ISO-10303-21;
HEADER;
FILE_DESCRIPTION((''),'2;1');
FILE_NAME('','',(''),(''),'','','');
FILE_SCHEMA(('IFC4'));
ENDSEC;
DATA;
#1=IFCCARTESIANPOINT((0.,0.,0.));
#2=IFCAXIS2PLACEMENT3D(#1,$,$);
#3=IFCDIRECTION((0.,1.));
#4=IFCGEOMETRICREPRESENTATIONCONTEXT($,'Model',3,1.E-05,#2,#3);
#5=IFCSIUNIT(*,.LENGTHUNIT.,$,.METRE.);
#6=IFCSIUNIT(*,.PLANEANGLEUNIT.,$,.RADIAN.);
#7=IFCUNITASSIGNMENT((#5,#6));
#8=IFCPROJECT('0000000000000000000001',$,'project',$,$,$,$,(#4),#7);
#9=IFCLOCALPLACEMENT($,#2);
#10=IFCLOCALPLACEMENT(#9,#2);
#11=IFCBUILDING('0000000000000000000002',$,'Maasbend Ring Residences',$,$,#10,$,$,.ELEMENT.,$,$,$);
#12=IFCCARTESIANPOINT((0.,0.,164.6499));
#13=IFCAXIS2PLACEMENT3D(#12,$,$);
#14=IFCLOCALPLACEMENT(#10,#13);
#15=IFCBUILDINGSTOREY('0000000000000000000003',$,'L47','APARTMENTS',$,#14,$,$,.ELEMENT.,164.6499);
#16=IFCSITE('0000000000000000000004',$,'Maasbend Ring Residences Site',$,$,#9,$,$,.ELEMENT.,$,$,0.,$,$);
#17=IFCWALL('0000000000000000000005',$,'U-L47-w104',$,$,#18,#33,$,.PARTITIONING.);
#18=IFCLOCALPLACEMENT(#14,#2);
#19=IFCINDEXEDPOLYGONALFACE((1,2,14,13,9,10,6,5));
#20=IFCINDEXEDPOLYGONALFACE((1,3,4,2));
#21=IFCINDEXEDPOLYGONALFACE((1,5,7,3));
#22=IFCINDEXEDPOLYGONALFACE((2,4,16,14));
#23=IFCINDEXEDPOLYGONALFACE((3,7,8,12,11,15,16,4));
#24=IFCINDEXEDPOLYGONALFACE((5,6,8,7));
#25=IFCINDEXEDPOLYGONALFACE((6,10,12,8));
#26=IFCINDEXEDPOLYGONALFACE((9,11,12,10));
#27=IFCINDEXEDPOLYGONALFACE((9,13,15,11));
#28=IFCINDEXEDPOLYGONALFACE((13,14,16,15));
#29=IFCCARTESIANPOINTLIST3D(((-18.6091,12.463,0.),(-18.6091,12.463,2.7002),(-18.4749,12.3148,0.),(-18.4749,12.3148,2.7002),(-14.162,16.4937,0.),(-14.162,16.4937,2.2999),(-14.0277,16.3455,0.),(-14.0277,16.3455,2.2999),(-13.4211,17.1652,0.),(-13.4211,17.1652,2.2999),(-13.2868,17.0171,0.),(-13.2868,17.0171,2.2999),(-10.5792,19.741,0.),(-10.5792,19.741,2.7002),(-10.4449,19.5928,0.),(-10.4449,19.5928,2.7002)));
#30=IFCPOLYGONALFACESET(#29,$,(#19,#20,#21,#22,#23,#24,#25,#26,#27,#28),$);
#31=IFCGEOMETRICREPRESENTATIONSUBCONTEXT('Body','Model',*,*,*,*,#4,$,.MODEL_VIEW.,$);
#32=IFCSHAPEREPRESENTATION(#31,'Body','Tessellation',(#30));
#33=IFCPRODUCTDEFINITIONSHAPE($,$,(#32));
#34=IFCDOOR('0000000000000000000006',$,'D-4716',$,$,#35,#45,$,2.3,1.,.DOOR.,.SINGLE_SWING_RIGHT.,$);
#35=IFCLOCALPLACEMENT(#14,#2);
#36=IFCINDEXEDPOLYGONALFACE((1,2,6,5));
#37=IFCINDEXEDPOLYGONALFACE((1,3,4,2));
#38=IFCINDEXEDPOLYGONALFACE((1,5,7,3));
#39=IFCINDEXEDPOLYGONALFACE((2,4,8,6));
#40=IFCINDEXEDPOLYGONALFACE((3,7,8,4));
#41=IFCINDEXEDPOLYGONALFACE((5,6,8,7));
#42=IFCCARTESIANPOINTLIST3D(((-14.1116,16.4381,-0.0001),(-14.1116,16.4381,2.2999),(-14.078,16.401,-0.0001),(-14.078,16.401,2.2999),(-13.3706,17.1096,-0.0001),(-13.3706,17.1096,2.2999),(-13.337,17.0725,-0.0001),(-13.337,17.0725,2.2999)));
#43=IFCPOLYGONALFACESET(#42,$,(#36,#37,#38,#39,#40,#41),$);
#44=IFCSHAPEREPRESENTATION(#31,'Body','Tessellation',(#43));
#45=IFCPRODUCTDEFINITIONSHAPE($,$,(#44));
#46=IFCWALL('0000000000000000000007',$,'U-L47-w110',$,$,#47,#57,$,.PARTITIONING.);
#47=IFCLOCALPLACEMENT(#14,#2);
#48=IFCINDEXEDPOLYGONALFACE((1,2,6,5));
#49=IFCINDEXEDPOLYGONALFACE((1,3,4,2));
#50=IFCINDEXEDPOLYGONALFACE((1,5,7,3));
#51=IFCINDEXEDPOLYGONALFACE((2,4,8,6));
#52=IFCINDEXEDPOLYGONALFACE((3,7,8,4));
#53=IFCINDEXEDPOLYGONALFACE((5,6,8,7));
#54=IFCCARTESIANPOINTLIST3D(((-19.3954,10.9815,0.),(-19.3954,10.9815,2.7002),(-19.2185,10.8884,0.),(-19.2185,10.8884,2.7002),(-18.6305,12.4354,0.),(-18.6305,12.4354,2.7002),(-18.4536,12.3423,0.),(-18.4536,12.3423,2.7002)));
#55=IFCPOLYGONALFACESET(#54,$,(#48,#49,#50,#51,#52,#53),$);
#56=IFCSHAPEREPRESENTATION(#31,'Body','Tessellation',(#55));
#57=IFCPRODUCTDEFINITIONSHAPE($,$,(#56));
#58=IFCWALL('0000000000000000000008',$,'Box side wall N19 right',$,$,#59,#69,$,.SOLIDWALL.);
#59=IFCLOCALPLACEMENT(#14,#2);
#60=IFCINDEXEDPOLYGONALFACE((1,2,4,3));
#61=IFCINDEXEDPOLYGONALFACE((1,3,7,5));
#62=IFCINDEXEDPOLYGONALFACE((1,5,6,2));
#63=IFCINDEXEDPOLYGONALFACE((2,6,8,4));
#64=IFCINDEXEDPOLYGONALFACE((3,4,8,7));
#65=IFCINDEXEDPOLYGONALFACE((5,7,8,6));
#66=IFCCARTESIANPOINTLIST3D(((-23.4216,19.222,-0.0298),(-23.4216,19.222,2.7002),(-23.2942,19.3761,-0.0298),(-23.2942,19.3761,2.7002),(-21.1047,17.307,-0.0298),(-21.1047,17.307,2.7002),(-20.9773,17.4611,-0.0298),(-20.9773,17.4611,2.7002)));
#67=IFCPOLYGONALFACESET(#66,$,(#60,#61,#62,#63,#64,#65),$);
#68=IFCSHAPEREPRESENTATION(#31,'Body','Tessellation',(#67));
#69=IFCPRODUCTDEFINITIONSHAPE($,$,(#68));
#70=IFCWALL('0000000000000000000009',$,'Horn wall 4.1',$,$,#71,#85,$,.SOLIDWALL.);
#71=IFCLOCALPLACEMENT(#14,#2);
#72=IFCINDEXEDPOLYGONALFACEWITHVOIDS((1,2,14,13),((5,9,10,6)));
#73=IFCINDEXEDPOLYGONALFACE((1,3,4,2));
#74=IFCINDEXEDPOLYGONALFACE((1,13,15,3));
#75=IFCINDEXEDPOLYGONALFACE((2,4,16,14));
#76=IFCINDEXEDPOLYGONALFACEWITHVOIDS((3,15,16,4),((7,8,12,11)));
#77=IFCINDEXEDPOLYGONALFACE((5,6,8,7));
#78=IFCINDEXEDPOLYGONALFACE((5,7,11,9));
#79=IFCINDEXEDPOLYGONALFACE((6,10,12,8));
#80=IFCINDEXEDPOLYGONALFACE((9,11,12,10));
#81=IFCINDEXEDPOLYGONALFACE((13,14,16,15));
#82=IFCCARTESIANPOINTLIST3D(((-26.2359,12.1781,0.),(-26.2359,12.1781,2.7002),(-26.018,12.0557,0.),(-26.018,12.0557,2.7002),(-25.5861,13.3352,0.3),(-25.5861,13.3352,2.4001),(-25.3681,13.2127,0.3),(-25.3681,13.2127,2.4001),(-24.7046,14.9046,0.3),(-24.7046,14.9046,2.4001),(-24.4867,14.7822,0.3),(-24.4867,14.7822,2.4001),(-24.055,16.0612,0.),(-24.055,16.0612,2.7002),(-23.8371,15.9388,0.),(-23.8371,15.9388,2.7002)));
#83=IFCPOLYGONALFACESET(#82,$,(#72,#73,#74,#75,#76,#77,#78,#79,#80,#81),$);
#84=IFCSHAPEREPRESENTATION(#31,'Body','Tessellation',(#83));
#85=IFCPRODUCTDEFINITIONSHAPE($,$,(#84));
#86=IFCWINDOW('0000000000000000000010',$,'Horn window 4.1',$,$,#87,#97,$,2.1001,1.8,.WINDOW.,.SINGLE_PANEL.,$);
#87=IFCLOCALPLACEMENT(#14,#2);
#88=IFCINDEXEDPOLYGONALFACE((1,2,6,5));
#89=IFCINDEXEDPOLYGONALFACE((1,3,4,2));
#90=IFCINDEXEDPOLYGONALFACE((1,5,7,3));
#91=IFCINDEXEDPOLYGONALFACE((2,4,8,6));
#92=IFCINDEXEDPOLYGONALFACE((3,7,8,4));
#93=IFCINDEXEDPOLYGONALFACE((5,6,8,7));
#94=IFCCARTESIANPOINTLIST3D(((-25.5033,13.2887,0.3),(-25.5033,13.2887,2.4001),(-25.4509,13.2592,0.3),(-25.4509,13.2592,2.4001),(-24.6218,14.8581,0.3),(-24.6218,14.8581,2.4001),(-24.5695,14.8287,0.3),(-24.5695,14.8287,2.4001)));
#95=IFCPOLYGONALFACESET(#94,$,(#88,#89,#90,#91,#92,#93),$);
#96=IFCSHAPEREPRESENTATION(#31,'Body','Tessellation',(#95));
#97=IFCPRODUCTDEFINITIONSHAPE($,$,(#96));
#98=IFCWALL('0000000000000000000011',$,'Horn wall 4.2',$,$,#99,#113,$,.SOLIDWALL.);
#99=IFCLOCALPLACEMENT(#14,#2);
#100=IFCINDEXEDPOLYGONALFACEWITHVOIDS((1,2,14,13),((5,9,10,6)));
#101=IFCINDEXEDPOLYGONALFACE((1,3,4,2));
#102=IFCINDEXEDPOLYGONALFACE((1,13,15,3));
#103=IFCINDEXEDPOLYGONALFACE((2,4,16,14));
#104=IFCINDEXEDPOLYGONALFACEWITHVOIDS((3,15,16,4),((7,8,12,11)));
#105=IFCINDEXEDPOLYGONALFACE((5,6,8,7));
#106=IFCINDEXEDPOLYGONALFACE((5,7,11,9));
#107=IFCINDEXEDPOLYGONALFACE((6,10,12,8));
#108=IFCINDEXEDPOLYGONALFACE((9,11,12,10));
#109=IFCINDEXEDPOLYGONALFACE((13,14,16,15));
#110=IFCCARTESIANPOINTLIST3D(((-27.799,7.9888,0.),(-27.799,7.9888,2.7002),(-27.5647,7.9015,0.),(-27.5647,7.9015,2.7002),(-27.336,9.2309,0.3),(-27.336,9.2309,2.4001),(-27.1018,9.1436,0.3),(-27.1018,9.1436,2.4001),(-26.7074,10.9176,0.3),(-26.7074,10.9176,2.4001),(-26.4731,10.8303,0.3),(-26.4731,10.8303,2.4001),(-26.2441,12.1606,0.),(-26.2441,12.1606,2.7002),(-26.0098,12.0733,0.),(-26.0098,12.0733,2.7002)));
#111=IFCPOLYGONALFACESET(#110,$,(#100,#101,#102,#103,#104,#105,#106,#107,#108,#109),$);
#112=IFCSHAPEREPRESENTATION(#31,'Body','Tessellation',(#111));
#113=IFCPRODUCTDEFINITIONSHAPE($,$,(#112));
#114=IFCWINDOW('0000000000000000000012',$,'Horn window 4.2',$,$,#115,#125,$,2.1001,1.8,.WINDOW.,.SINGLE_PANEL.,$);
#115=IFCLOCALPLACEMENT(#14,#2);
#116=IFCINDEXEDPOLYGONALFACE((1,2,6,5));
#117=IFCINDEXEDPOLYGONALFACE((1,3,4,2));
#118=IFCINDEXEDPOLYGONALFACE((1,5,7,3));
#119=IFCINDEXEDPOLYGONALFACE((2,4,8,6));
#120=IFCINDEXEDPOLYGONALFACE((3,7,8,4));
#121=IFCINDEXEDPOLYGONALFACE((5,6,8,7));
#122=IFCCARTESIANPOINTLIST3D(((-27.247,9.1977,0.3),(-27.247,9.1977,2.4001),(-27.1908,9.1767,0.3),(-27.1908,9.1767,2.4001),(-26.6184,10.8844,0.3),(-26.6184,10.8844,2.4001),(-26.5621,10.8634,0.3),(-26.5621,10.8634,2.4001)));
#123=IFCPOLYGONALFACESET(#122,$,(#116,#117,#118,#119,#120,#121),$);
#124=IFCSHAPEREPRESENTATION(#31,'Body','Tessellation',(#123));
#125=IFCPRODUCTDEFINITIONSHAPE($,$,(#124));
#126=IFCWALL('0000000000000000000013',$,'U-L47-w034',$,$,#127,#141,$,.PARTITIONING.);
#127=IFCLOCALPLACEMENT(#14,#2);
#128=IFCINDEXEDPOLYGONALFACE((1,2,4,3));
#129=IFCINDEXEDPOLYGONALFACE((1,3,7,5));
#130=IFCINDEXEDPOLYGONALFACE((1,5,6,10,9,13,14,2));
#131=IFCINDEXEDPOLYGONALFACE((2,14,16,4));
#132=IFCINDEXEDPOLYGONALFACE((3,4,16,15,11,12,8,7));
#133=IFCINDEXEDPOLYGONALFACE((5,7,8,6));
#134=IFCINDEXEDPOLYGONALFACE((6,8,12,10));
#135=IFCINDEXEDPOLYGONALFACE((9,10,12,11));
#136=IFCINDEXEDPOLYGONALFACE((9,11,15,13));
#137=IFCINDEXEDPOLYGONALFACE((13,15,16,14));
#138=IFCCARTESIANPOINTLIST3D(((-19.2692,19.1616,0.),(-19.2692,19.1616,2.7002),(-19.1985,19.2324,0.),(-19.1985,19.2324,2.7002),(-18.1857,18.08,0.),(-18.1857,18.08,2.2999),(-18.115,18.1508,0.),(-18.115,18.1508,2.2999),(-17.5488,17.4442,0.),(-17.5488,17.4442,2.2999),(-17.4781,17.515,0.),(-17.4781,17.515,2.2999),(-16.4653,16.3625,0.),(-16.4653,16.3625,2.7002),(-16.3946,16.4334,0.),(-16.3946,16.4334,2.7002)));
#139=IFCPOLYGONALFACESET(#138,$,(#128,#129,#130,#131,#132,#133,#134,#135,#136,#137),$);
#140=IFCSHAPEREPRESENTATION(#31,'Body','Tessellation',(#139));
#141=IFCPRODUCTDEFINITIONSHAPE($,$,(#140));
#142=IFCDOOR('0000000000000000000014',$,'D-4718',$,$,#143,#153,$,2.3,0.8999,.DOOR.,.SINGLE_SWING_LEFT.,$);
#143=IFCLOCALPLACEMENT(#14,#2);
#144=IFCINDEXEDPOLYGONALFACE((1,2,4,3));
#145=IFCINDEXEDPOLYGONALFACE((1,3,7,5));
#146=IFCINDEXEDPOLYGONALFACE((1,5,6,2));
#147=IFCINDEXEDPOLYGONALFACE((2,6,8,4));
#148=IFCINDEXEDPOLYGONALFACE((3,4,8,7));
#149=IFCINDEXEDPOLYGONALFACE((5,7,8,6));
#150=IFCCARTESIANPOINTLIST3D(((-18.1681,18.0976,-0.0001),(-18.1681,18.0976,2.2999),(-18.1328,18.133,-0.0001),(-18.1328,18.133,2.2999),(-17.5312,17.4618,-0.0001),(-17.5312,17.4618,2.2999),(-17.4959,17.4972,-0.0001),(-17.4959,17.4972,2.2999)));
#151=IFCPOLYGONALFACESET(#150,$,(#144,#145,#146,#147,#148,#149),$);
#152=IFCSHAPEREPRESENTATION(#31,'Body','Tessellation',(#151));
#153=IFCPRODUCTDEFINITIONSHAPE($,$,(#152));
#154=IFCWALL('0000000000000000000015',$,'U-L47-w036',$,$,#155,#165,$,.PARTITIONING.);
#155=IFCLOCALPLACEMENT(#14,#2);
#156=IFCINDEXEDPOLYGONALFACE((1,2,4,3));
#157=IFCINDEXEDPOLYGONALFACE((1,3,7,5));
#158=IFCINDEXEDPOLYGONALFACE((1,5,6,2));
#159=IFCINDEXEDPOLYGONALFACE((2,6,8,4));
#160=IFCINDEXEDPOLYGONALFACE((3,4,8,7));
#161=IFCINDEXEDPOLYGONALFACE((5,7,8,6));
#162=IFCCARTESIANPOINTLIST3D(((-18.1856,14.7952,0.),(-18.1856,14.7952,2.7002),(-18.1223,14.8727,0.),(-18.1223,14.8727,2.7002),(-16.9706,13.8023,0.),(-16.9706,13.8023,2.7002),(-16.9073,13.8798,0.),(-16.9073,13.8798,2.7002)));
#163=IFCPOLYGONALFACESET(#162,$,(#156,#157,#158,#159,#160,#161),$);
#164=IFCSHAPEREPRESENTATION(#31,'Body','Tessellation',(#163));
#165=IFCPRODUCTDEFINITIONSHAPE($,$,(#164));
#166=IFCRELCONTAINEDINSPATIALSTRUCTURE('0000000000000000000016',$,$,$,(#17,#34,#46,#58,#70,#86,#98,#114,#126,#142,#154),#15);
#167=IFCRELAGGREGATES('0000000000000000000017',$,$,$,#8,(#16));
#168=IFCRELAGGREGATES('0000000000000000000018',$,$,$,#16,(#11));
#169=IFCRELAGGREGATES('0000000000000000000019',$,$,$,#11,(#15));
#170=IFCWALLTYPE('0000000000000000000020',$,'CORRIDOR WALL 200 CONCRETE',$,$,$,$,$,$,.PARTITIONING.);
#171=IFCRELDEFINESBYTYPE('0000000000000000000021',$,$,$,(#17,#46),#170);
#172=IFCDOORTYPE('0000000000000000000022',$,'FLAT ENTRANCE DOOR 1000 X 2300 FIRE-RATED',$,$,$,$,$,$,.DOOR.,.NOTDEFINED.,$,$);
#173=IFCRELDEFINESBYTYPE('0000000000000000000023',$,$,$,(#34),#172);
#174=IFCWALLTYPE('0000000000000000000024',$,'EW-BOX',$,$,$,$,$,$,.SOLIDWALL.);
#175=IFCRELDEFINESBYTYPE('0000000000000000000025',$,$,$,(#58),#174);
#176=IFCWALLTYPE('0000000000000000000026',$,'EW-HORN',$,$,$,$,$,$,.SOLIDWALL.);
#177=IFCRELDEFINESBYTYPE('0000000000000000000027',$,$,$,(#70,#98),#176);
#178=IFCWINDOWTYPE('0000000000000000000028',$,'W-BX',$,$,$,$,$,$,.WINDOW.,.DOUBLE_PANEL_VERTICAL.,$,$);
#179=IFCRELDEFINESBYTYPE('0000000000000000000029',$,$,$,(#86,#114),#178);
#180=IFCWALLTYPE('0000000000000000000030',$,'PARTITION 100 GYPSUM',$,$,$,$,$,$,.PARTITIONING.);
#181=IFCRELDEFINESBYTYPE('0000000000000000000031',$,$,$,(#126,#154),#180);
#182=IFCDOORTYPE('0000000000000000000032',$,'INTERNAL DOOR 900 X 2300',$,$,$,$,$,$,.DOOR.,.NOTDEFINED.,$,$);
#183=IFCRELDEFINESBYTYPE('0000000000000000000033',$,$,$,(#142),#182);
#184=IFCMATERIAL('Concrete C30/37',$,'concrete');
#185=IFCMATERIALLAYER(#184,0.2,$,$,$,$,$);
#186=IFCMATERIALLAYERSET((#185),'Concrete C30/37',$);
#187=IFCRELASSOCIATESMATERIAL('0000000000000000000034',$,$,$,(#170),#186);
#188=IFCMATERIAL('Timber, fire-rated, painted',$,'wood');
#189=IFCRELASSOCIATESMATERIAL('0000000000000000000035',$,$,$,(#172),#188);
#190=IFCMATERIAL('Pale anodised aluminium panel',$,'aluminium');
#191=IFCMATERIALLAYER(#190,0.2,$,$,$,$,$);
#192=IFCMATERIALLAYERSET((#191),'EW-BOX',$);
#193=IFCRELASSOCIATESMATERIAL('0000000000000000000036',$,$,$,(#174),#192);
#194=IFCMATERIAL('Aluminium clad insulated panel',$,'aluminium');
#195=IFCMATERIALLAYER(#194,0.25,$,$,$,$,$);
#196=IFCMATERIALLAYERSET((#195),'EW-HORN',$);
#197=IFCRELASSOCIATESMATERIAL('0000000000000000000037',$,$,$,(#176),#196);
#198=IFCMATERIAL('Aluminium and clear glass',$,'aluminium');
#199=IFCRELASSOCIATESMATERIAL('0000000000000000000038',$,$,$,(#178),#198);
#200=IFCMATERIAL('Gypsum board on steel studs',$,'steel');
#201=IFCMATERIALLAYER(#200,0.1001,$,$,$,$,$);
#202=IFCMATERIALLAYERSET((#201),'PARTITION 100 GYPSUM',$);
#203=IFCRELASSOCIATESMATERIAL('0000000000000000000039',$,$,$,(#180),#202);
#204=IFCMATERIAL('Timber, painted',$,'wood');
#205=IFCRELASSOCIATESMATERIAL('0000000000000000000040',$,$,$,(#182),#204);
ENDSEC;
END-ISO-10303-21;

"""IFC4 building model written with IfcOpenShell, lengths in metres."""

from ifc_helpers import new_model, si_unit, direction, frame, frame_2d, origin, place, context, subcontext, project, spatial, rectangle, extrude, material, layer, layer_set, type_object, element, fill, save


model = new_model("IFC4")

# Units and contexts
model_context = context("Model", 3, precision=1e-05, world=origin(), true_north=direction((0.0, 1.0)))
body_context = subcontext(model_context, "Body", "Model", "MODEL_VIEW")
ifc_project = project(units=[si_unit("LENGTHUNIT", "METRE"), si_unit("PLANEANGLEUNIT", "RADIAN")], contexts=[model_context])

# Site, building, storey
site_placement = place(None, origin())
site = spatial("IfcSite", under=ifc_project, at=site_placement, Name="Maasbend Ring Residences Site", CompositionType="ELEMENT", RefElevation=0.0)
building_placement = place(site_placement, origin())
building = spatial("IfcBuilding", under=site, at=building_placement, Name="Maasbend Ring Residences", CompositionType="ELEMENT")
storey_placement = place(building_placement, frame((0.0, 0.0, 164.6499)))
storey = spatial("IfcBuildingStorey", under=building, at=storey_placement, Name="L47", Description="APARTMENTS", CompositionType="ELEMENT", Elevation=164.6499)

# Wall, opening, door
ifc_material_1 = material(Name="Concrete C30/37", Category="concrete")
ifc_layer_1 = layer(ifc_material_1, 0.2)
ifc_layer_set_1 = layer_set([ifc_layer_1], Name="Concrete C30/37")
wall_type_1 = type_object("IfcWallType", Name="CORRIDOR WALL 200 CONCRETE", PredefinedType="PARTITIONING", material=ifc_layer_set_1)
wall_1_placement = place(storey_placement, frame((-18.542, 12.3889, 0.0), z_axis=(0.0, 0.0, 1.0), x_axis=(0.740947, 0.671563, 0.0)))
wall_1 = element("IfcWall", 1, at=wall_1_placement, inside=storey, type_object=wall_type_1, Name="U-L47-w104", PredefinedType="PARTITIONING", context=body_context, shape_type="SweptSolid", body=[
    extrude(rectangle(XDim=10.8374, YDim=0.2, at=frame_2d((5.4187, 0.0))), origin(), (0.0, 0.0, 1.0), 2.7002),
])
opening_1_placement = place(wall_1_placement, frame((6.002, 0.0, 0.0)))
opening_1 = element("IfcOpeningElement", 2, at=opening_1_placement, cuts=wall_1, PredefinedType="OPENING", context=body_context, shape_type="SweptSolid", body=[
    extrude(rectangle(XDim=1.0, YDim=2.3, at=frame_2d((0.5, 1.1499))), frame((0.0, 0.1099, 0.0), z_axis=(0.0, -1.0, 0.0), x_axis=(1.0, 0.0, 0.0)), (0.0, 0.0, 1.0), 0.22),
])
ifc_material_2 = material(Name="Timber, fire-rated, painted", Category="wood")
door_type_1 = type_object("IfcDoorType", Name="FLAT ENTRANCE DOOR 1000 X 2300 FIRE-RATED", OperationType="NOTDEFINED", PredefinedType="DOOR", material=ifc_material_2)
door_1_placement = place(opening_1_placement, origin())
door_1 = element("IfcDoor", 3, at=door_1_placement, inside=storey, type_object=door_type_1, Name="D-4716", OperationType="SINGLE_SWING_RIGHT", OverallHeight=2.3, OverallWidth=1.0, PredefinedType="DOOR", context=body_context, shape_type="SweptSolid", body=[
    extrude(rectangle(XDim=1.0, YDim=2.3, at=frame_2d((0.5, 1.1499))), frame((0.0, 0.0249, 0.0), z_axis=(0.0, -1.0, 0.0), x_axis=(1.0, 0.0, 0.0)), (0.0, 0.0, 1.0), 0.05),
])
fill(opening_1, door_1)

# Walls
wall_2_placement = place(storey_placement, frame((-19.3069, 10.9351, 0.0), z_axis=(0.0, 0.0, 1.0), x_axis=(0.465606, 0.884992, 0.0)))
element("IfcWall", 4, at=wall_2_placement, inside=storey, type_object=wall_type_1, Name="U-L47-w110", PredefinedType="PARTITIONING", context=body_context, shape_type="SweptSolid", body=[
    extrude(rectangle(XDim=1.6428, YDim=0.2, at=frame_2d((0.8213, 0.0))), origin(), (0.0, 0.0, 1.0), 2.7002),
])
ifc_material_3 = material(Name="Pale anodised aluminium panel", Category="aluminium")
ifc_layer_2 = layer(ifc_material_3, 0.2)
ifc_layer_set_2 = layer_set([ifc_layer_2], Name="EW-BOX")
wall_type_2 = type_object("IfcWallType", Name="EW-BOX", PredefinedType="SOLIDWALL", material=ifc_layer_set_2)
wall_3_placement = place(storey_placement, frame((-21.041, 17.384, -0.0298), z_axis=(0.0, 0.0, 1.0), x_axis=(-0.770785, 0.637096, 0.0)))
element("IfcWall", 5, at=wall_3_placement, inside=storey, type_object=wall_type_2, Name="Box side wall N19 right", PredefinedType="SOLIDWALL", context=body_context, shape_type="SweptSolid", body=[
    extrude(rectangle(XDim=3.0059, YDim=0.2, at=frame_2d((1.5029, 0.0))), origin(), (0.0, 0.0, 1.0), 2.73),
])

# Walls, openings, windows
ifc_material_4 = material(Name="Aluminium clad insulated panel", Category="aluminium")
ifc_layer_3 = layer(ifc_material_4, 0.25)
ifc_layer_set_3 = layer_set([ifc_layer_3], Name="EW-HORN")
wall_type_3 = type_object("IfcWallType", Name="EW-HORN", PredefinedType="SOLIDWALL", material=ifc_layer_set_3)
wall_4_placement = place(storey_placement, frame((-23.946, 16.0, 0.0), z_axis=(0.0, 0.0, 1.0), x_axis=(-0.489696, -0.871893, 0.0)))
wall_4 = element("IfcWall", 6, at=wall_4_placement, inside=storey, type_object=wall_type_3, Name="Horn wall 4.1", PredefinedType="SOLIDWALL", context=body_context, shape_type="SweptSolid", body=[
    extrude(rectangle(XDim=4.4536, YDim=0.25, at=frame_2d((2.2268, 0.0))), origin(), (0.0, 0.0, 1.0), 2.7002),
])
opening_2_placement = place(wall_4_placement, frame((1.3267, 0.0, 0.3)))
opening_2 = element("IfcOpeningElement", 7, at=opening_2_placement, cuts=wall_4, PredefinedType="OPENING", context=body_context, shape_type="SweptSolid", body=[
    extrude(rectangle(XDim=1.8, YDim=2.1001, at=frame_2d((0.8999, 1.05))), frame((0.0, 0.135, 0.0), z_axis=(0.0, -1.0, 0.0), x_axis=(1.0, 0.0, 0.0)), (0.0, 0.0, 1.0), 0.27),
])
ifc_material_5 = material(Name="Aluminium and clear glass", Category="aluminium")
window_type = type_object("IfcWindowType", Name="W-BX", PartitioningType="DOUBLE_PANEL_VERTICAL", PredefinedType="WINDOW", material=ifc_material_5)
window_1_placement = place(opening_2_placement, origin())
window_1 = element("IfcWindow", 8, at=window_1_placement, inside=storey, type_object=window_type, Name="Horn window 4.1", OverallHeight=2.1001, OverallWidth=1.8, PartitioningType="SINGLE_PANEL", PredefinedType="WINDOW", context=body_context, shape_type="SweptSolid", body=[
    extrude(rectangle(XDim=1.8, YDim=2.1001, at=frame_2d((0.8999, 1.05))), frame((0.0, 0.03, 0.0), z_axis=(0.0, -1.0, 0.0), x_axis=(1.0, 0.0, 0.0)), (0.0, 0.0, 1.0), 0.0601),
])
fill(opening_2, window_1)
wall_5_placement = place(storey_placement, frame((-26.127, 12.1169, 0.0), z_axis=(0.0, 0.0, 1.0), x_axis=(-0.349248, -0.93703, 0.0)))
wall_5 = element("IfcWall", 9, at=wall_5_placement, inside=storey, type_object=wall_type_3, Name="Horn wall 4.2", PredefinedType="SOLIDWALL", context=body_context, shape_type="SweptSolid", body=[
    extrude(rectangle(XDim=4.4521, YDim=0.25, at=frame_2d((2.2261, 0.0))), origin(), (0.0, 0.0, 1.0), 2.7002),
])
opening_3_placement = place(wall_5_placement, frame((1.3267, 0.0, 0.3)))
opening_3 = element("IfcOpeningElement", 10, at=opening_3_placement, cuts=wall_5, PredefinedType="OPENING", context=body_context, shape_type="SweptSolid", body=[
    extrude(rectangle(XDim=1.8, YDim=2.1001, at=frame_2d((0.8999, 1.05))), frame((0.0, 0.135, 0.0), z_axis=(0.0, -1.0, 0.0), x_axis=(1.0, 0.0, 0.0)), (0.0, 0.0, 1.0), 0.27),
])
window_2_placement = place(opening_3_placement, origin())
window_2 = element("IfcWindow", 11, at=window_2_placement, inside=storey, type_object=window_type, Name="Horn window 4.2", OverallHeight=2.1001, OverallWidth=1.8, PartitioningType="SINGLE_PANEL", PredefinedType="WINDOW", context=body_context, shape_type="SweptSolid", body=[
    extrude(rectangle(XDim=1.8, YDim=2.1001, at=frame_2d((0.8999, 1.05))), frame((0.0, 0.03, 0.0), z_axis=(0.0, -1.0, 0.0), x_axis=(1.0, 0.0, 0.0)), (0.0, 0.0, 1.0), 0.0601),
])
fill(opening_3, window_2)

# Wall, opening, door
ifc_material_6 = material(Name="Gypsum board on steel studs", Category="steel")
ifc_layer_4 = layer(ifc_material_6, 0.1001)
ifc_layer_set_4 = layer_set([ifc_layer_4], Name="PARTITION 100 GYPSUM")
wall_type_4 = type_object("IfcWallType", Name="PARTITION 100 GYPSUM", PredefinedType="PARTITIONING", material=ifc_layer_set_4)
wall_6_placement = place(storey_placement, frame((-19.2339, 19.197, 0.0), z_axis=(0.0, 0.0, 1.0), x_axis=(0.707723, -0.70649, 0.0)))
wall_6 = element("IfcWall", 12, at=wall_6_placement, inside=storey, type_object=wall_type_4, Name="U-L47-w034", PredefinedType="PARTITIONING", context=body_context, shape_type="SweptSolid", body=[
    extrude(rectangle(XDim=3.9619, YDim=0.1001, at=frame_2d((1.981, 0.0))), origin(), (0.0, 0.0, 1.0), 2.7002),
])
opening_4_placement = place(wall_6_placement, frame((1.531, 0.0, 0.0)))
opening_4 = element("IfcOpeningElement", 13, at=opening_4_placement, cuts=wall_6, PredefinedType="OPENING", context=body_context, shape_type="SweptSolid", body=[
    extrude(rectangle(XDim=0.8999, YDim=2.3, at=frame_2d((0.45, 1.1499))), frame((0.0, 0.0601, 0.0), z_axis=(0.0, -1.0, 0.0), x_axis=(1.0, 0.0, 0.0)), (0.0, 0.0, 1.0), 0.1201),
])
ifc_material_7 = material(Name="Timber, painted", Category="wood")
door_type_2 = type_object("IfcDoorType", Name="INTERNAL DOOR 900 X 2300", OperationType="NOTDEFINED", PredefinedType="DOOR", material=ifc_material_7)
door_2_placement = place(opening_4_placement, origin())
door_2 = element("IfcDoor", 14, at=door_2_placement, inside=storey, type_object=door_type_2, Name="D-4718", OperationType="SINGLE_SWING_LEFT", OverallHeight=2.3, OverallWidth=0.8999, PredefinedType="DOOR", context=body_context, shape_type="SweptSolid", body=[
    extrude(rectangle(XDim=0.8999, YDim=2.3, at=frame_2d((0.45, 1.1499))), frame((0.0, 0.0249, 0.0), z_axis=(0.0, -1.0, 0.0), x_axis=(1.0, 0.0, 0.0)), (0.0, 0.0, 1.0), 0.05),
])
fill(opening_4, door_2)

# Wall
wall_7_placement = place(storey_placement, frame((-18.1541, 14.834, 0.0), z_axis=(0.0, 0.0, 1.0), x_axis=(0.774345, -0.632763, 0.0)))
element("IfcWall", 15, at=wall_7_placement, inside=storey, type_object=wall_type_4, Name="U-L47-w036", PredefinedType="PARTITIONING", context=body_context, shape_type="SweptSolid", body=[
    extrude(rectangle(XDim=1.5691, YDim=0.1001, at=frame_2d((0.7847, 0.0))), origin(), (0.0, 0.0, 1.0), 2.7002),
])

save(model, "model.ifc")
